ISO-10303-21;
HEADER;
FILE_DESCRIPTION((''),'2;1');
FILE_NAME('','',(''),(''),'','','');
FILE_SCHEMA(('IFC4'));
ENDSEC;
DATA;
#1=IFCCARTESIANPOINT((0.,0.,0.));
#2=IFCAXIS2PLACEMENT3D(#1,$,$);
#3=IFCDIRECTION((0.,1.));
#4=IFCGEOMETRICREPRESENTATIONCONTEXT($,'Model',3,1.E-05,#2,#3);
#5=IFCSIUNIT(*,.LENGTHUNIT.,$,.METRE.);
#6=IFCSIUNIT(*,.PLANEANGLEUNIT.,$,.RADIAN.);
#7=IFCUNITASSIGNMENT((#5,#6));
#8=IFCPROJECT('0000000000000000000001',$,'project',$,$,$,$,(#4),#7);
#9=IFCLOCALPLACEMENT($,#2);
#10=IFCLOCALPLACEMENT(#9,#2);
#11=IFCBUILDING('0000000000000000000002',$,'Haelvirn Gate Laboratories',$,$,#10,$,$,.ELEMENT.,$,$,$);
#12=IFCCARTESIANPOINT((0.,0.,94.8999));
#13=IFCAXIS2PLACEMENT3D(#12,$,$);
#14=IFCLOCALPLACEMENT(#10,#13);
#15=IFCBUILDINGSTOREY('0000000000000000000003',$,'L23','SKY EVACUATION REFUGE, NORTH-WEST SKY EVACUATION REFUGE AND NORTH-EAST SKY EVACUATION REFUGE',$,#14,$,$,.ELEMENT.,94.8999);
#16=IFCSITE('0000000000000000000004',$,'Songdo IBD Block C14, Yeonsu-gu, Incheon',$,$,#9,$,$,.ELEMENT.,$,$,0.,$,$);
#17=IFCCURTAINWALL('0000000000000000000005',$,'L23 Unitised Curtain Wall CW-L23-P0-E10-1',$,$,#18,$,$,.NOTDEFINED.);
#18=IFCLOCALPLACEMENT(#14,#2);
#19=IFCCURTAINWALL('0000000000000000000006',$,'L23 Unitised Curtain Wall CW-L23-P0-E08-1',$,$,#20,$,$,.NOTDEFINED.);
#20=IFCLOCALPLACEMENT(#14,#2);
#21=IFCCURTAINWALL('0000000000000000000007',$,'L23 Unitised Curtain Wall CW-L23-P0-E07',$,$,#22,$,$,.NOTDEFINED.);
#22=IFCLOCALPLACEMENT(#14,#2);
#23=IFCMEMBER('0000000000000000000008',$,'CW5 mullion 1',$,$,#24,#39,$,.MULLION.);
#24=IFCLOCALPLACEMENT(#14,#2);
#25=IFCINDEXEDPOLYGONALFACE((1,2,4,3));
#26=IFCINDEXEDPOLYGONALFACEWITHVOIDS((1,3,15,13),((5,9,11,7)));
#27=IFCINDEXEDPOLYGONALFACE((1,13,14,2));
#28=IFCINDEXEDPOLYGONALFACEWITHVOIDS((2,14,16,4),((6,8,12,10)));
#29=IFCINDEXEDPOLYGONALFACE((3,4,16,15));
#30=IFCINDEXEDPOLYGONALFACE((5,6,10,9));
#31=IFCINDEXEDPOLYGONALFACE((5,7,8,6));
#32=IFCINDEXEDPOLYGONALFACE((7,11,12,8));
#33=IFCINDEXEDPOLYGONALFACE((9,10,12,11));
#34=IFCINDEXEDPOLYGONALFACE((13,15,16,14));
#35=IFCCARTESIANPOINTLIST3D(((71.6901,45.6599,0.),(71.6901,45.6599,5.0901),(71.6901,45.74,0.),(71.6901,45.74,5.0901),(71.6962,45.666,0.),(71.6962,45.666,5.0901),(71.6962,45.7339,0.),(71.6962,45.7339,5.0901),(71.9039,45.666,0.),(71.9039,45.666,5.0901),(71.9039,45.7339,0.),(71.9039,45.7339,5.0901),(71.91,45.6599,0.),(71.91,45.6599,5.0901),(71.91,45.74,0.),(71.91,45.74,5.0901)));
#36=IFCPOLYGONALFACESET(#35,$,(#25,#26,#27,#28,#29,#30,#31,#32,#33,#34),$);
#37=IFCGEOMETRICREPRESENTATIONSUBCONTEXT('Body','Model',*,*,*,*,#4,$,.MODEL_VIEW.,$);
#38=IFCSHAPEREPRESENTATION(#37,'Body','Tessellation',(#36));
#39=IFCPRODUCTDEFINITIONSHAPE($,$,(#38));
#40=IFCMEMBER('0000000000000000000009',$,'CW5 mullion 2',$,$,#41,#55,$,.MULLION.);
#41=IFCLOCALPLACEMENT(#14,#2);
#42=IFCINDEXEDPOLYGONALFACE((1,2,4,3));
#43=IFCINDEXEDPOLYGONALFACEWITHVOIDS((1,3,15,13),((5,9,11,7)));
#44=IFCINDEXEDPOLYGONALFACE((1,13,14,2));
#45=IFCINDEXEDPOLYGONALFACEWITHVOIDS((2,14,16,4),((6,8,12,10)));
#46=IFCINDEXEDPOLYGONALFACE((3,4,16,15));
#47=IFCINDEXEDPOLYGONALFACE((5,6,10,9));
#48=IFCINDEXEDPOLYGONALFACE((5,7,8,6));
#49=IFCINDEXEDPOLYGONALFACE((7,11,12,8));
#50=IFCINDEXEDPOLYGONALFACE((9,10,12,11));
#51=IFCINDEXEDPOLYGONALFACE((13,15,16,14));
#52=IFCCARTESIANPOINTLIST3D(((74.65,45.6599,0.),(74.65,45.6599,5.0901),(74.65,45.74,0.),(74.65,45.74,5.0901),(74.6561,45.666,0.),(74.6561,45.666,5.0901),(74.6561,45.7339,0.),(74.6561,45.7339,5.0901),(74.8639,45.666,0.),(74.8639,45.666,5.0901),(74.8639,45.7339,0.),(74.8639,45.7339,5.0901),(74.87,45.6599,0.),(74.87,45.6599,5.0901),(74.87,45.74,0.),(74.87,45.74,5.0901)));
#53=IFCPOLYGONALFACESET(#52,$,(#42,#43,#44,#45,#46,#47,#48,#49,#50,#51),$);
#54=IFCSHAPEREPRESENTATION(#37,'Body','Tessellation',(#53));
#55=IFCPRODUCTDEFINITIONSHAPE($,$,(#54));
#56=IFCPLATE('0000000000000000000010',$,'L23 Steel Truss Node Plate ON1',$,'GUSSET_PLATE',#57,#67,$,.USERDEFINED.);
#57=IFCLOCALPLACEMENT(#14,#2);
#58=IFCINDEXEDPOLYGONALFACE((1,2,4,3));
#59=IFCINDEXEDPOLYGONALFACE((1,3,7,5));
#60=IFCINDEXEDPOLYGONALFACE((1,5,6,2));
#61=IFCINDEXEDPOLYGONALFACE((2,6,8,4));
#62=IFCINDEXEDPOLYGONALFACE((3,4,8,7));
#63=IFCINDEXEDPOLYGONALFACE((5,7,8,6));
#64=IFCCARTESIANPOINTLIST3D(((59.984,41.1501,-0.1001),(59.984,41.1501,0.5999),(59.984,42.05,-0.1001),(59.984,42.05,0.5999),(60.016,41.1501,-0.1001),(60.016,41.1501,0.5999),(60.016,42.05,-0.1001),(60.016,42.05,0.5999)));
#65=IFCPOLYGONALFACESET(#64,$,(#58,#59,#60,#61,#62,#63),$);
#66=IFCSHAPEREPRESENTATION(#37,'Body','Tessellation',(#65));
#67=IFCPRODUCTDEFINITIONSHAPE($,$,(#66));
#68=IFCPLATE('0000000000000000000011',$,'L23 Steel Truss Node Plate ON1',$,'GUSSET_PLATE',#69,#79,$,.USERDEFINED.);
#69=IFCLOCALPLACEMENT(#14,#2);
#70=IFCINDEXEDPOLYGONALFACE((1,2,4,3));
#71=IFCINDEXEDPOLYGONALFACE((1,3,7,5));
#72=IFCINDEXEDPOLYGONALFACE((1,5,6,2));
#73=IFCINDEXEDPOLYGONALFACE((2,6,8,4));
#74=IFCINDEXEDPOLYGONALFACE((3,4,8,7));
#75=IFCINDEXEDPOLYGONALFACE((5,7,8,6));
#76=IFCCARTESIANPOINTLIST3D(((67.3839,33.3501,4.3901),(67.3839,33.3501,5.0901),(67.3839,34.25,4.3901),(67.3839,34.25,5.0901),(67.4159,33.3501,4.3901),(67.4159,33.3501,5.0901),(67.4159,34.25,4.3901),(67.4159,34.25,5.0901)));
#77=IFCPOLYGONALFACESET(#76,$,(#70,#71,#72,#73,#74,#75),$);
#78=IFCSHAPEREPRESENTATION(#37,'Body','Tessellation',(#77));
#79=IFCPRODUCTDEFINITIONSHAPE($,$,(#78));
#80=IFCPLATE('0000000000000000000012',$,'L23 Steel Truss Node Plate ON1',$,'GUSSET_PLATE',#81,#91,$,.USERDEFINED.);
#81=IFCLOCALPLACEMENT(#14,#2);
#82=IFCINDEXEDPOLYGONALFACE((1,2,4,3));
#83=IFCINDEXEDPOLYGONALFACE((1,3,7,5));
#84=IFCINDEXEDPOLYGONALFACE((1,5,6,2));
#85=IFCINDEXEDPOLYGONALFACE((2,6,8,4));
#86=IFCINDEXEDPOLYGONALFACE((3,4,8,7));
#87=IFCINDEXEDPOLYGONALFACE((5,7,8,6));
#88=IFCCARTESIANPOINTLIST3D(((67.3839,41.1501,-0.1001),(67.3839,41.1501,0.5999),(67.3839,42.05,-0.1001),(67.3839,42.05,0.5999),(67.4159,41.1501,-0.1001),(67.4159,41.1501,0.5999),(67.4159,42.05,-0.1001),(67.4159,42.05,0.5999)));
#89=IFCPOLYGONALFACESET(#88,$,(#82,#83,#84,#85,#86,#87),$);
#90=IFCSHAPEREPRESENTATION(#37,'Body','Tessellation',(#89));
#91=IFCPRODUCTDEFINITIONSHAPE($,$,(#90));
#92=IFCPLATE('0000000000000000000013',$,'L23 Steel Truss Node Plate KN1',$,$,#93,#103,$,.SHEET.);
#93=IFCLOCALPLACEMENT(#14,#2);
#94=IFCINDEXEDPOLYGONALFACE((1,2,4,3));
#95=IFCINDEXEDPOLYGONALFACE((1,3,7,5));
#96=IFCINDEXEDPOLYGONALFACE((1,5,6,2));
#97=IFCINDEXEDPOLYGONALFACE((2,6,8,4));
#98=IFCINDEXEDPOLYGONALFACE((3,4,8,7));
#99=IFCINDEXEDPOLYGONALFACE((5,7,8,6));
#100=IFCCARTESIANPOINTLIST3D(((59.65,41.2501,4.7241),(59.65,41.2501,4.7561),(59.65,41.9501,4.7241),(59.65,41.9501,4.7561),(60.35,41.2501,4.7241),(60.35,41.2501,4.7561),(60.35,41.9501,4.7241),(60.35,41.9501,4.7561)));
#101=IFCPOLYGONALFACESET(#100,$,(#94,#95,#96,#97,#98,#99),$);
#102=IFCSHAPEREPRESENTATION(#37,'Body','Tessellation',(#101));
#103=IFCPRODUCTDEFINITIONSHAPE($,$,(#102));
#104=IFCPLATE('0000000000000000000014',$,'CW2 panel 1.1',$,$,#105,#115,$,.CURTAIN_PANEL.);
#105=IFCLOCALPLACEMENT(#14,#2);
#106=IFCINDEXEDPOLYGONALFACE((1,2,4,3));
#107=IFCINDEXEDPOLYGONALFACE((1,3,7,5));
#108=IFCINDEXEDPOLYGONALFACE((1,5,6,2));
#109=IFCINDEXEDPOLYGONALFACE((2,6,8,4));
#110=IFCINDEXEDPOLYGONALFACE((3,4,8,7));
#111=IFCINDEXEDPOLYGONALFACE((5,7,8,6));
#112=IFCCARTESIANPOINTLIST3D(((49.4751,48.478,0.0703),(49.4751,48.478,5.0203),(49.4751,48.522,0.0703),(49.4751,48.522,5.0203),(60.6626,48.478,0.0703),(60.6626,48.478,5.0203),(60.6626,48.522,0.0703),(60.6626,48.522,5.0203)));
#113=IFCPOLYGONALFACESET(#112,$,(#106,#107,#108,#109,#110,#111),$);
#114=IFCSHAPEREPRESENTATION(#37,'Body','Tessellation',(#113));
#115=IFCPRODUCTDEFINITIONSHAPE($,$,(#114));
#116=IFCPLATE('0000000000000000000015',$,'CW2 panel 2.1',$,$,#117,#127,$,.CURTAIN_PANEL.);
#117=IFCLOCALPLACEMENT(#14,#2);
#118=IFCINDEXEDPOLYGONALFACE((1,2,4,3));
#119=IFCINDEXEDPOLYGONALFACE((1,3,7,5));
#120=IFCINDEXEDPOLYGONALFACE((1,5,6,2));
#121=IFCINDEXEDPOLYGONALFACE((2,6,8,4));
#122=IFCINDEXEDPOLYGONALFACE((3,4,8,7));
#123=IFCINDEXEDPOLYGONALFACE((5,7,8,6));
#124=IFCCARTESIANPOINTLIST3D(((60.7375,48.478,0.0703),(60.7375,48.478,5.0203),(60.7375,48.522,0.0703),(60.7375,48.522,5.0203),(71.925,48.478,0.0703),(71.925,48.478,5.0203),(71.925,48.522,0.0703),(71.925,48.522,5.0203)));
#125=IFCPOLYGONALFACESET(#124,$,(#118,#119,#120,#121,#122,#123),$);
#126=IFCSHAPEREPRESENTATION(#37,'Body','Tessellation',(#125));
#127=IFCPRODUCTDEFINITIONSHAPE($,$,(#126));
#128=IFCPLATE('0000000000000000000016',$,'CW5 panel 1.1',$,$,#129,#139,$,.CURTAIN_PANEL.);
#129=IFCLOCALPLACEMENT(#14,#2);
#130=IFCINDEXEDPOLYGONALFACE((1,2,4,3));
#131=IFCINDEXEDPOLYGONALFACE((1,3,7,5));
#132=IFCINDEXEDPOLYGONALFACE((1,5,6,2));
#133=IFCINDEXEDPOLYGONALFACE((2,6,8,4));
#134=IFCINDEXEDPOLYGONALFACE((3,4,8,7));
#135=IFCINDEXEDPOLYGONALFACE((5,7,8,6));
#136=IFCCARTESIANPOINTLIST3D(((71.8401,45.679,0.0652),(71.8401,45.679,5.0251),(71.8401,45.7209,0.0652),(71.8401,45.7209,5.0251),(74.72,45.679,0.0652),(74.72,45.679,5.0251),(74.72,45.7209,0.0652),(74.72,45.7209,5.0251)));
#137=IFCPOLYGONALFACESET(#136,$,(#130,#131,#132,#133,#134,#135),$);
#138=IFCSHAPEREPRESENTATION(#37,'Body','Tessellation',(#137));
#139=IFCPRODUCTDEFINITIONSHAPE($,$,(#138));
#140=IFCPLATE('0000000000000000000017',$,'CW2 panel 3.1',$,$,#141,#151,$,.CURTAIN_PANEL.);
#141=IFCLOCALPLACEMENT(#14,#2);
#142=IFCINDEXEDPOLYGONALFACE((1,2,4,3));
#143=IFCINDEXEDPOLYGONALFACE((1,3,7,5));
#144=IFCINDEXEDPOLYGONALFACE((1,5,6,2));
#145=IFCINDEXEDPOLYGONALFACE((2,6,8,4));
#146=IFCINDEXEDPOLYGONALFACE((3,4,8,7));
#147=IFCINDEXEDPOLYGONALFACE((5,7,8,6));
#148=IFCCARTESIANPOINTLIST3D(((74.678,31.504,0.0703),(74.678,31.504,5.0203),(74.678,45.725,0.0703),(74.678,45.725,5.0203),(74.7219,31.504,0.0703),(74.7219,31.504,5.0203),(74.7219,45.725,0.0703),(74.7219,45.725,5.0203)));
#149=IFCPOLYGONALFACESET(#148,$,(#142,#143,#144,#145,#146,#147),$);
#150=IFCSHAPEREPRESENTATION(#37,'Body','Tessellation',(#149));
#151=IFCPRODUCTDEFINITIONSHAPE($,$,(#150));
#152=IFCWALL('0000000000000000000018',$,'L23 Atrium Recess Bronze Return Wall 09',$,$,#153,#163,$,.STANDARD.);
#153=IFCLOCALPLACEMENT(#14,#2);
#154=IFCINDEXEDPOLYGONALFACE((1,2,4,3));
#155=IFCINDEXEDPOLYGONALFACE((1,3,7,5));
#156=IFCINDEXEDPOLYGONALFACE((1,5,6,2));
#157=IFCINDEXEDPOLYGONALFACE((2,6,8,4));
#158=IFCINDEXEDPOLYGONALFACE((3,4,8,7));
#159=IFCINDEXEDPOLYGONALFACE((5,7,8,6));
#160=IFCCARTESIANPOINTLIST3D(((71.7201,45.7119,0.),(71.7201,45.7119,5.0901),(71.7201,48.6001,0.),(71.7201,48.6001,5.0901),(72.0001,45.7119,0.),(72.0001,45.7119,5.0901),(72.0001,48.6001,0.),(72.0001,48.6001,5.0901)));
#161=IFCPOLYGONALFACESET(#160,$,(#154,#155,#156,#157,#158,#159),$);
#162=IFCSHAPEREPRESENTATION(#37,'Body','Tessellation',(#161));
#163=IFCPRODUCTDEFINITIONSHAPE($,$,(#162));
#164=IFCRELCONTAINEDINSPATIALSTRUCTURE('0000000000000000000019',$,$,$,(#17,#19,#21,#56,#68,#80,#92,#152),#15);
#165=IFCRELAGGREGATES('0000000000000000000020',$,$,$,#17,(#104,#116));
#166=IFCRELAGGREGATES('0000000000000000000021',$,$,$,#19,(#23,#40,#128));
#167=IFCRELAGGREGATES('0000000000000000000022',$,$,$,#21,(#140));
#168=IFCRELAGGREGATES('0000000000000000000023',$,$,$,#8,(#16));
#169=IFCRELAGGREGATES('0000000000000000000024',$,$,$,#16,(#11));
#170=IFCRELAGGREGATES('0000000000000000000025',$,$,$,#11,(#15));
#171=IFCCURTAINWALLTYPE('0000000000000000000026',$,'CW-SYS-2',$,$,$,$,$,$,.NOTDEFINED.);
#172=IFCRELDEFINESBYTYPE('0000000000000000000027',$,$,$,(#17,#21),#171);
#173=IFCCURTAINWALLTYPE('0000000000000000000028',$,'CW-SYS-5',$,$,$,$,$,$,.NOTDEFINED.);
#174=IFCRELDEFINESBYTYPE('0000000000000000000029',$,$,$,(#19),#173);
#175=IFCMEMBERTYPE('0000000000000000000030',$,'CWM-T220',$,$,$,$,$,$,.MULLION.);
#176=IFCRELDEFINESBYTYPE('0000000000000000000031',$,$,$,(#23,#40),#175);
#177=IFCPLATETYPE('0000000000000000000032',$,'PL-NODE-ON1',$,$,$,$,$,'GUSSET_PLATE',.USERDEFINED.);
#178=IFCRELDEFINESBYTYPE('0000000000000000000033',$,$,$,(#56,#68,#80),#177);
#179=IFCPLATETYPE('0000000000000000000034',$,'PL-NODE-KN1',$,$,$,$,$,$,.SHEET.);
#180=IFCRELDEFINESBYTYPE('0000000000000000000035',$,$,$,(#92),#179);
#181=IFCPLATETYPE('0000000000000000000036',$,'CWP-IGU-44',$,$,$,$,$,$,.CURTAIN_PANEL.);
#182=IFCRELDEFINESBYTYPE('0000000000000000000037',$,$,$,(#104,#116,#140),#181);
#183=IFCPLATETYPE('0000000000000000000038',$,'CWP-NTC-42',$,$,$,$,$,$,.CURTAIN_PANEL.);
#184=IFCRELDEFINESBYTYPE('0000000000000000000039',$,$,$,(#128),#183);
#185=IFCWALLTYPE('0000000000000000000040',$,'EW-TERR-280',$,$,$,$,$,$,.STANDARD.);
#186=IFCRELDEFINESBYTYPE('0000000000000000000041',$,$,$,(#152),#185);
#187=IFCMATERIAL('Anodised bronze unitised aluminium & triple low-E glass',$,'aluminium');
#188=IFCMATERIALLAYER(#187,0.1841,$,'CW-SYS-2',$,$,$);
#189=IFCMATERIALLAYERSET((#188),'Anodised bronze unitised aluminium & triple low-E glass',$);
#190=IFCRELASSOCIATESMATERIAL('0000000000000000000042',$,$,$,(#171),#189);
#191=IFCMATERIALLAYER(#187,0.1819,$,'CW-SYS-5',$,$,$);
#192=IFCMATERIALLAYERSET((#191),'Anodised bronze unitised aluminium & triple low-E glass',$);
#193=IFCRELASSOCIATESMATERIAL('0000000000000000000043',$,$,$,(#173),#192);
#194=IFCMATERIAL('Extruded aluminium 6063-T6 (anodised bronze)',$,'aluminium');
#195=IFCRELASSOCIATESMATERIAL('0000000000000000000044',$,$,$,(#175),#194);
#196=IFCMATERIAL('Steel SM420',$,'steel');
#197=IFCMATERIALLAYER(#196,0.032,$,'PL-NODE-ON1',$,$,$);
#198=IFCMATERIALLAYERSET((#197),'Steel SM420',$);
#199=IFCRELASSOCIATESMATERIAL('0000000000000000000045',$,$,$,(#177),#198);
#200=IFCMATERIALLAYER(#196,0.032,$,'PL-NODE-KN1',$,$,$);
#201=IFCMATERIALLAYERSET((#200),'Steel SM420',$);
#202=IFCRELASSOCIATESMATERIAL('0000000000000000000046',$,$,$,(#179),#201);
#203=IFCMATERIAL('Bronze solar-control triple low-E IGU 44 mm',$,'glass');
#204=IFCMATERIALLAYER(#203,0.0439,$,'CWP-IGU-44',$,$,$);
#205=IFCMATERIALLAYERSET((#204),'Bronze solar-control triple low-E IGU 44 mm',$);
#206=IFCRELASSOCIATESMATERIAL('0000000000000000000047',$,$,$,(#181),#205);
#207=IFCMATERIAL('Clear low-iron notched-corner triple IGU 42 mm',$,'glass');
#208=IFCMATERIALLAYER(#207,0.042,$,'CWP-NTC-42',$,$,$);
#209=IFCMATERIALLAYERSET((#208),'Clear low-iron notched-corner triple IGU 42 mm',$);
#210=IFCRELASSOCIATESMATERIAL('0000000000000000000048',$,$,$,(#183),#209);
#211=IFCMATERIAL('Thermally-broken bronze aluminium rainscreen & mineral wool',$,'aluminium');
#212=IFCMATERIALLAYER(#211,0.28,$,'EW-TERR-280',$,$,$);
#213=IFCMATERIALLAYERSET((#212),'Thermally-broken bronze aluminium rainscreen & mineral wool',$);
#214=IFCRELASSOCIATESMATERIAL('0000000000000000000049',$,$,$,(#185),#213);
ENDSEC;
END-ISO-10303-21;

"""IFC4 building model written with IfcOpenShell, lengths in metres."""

from ifc_helpers import new_model, si_unit, direction, frame, frame_2d, origin, origin_2d, place, context, subcontext, project, spatial, rectangle, hollow_rectangle, extrude, source, transform, mapped, material, layer, layer_set, material_profile, profile_set, type_object, type_shapes, element, aggregate, save


model = new_model("IFC4")

# Units and contexts
model_context = context("Model", 3, precision=1e-05, world=origin(), true_north=direction((0.0, 1.0)))
body_context = subcontext(model_context, "Body", "Model", "MODEL_VIEW")
ifc_project = project(units=[si_unit("LENGTHUNIT", "METRE"), si_unit("PLANEANGLEUNIT", "RADIAN")], contexts=[model_context])

# Site, building, storey
site_placement = place(None, origin())
site = spatial("IfcSite", under=ifc_project, at=site_placement, Name="Songdo IBD Block C14, Yeonsu-gu, Incheon", CompositionType="ELEMENT", RefElevation=0.0)
building_placement = place(site_placement, origin())
building = spatial("IfcBuilding", under=site, at=building_placement, Name="Haelvirn Gate Laboratories", CompositionType="ELEMENT")
storey_placement = place(building_placement, frame((0.0, 0.0, 94.8999)))
storey = spatial("IfcBuildingStorey", under=building, at=storey_placement, Name="L23", Description="SKY EVACUATION REFUGE, NORTH-WEST SKY EVACUATION REFUGE AND NORTH-EAST SKY EVACUATION REFUGE", CompositionType="ELEMENT", Elevation=94.8999)

# Shared definitions
ifc_material_1 = material(Name="Steel SM420", Category="steel")

# Curtain walls
ifc_material_2 = material(Name="Anodised bronze unitised aluminium & triple low-E glass", Category="aluminium")
ifc_layer_1 = layer(ifc_material_2, 0.1841, Name="CW-SYS-2")
ifc_layer_set_1 = layer_set([ifc_layer_1], Name="Anodised bronze unitised aluminium & triple low-E glass")
curtain_wall_type_1 = type_object("IfcCurtainWallType", Name="CW-SYS-2", PredefinedType="NOTDEFINED", material=ifc_layer_set_1)
curtain_wall_1_placement = place(storey_placement, origin())
curtain_wall_1 = element("IfcCurtainWall", 1, at=curtain_wall_1_placement, inside=storey, type_object=curtain_wall_type_1, Name="L23 Unitised Curtain Wall CW-L23-P0-E10-1", PredefinedType="NOTDEFINED")
ifc_material_3 = material(Name="Extruded aluminium 6063-T6 (anodised bronze)", Category="aluminium")
ifc_layer_2 = layer(ifc_material_2, 0.1819, Name="CW-SYS-5")
ifc_layer_set_2 = layer_set([ifc_layer_2], Name="Anodised bronze unitised aluminium & triple low-E glass")
curtain_wall_type_2 = type_object("IfcCurtainWallType", Name="CW-SYS-5", PredefinedType="NOTDEFINED", material=ifc_layer_set_2)
curtain_wall_2_placement = place(storey_placement, origin())
curtain_wall_2 = element("IfcCurtainWall", 2, at=curtain_wall_2_placement, inside=storey, type_object=curtain_wall_type_2, Name="L23 Unitised Curtain Wall CW-L23-P0-E08-1", PredefinedType="NOTDEFINED")

# Curtain wall
curtain_wall_3_placement = place(storey_placement, origin())
curtain_wall_3 = element("IfcCurtainWall", 3, at=curtain_wall_3_placement, inside=storey, type_object=curtain_wall_type_1, Name="L23 Unitised Curtain Wall CW-L23-P0-E07", PredefinedType="NOTDEFINED")

# Members
ifc_material_profile_1 = material_profile(ifc_material_3, hollow_rectangle(XDim=0.0801, YDim=0.22, WallThickness=0.0061, at=origin_2d()), Name="CWM-220x80x6")
ifc_profile_set_1 = profile_set([ifc_material_profile_1], Name="Extruded aluminium 6063-T6 (anodised bronze)")
member_type_1 = type_object("IfcMemberType", Name="CWM-T220", PredefinedType="MULLION", material=ifc_profile_set_1)
shared_shape_1 = source(origin(), body_context, "Body", "SweptSolid", [
    extrude(hollow_rectangle(XDim=0.0801, YDim=0.22, WallThickness=0.0061, at=origin_2d()), origin(), (0.0, 0.0, 1.0), 5.0901),
])
type_shapes(member_type_1, [shared_shape_1])
member_1_placement = place(storey_placement, frame((71.8, 45.7, 0.0), z_axis=(0.0, 0.0, 1.0), x_axis=(0.0, 1.0, 0.0)))
member_1 = element("IfcMember", 4, at=member_1_placement, type_object=member_type_1, Name="CW5 mullion 1", PredefinedType="MULLION", context=body_context, shape_type="MappedRepresentation", body=[
    mapped(shared_shape_1, transform((0.0, 0.0, 0.0), scale=1.0)),
])
member_2_placement = place(storey_placement, frame((74.76, 45.7, 0.0), z_axis=(0.0, 0.0, 1.0), x_axis=(0.0, 1.0, 0.0)))
member_2 = element("IfcMember", 5, at=member_2_placement, type_object=member_type_1, Name="CW5 mullion 2", PredefinedType="MULLION", context=body_context, shape_type="MappedRepresentation", body=[
    mapped(shared_shape_1, transform((0.0, 0.0, 0.0), scale=1.0)),
])

# Plates
ifc_layer_3 = layer(ifc_material_1, 0.032, Name="PL-NODE-ON1")
ifc_layer_set_3 = layer_set([ifc_layer_3], Name="Steel SM420")
plate_type_1 = type_object("IfcPlateType", Name="PL-NODE-ON1", ElementType="GUSSET_PLATE", PredefinedType="USERDEFINED", material=ifc_layer_set_3)
shared_shape_2 = source(origin(), body_context, "Body", "SweptSolid", [
    extrude(rectangle(XDim=0.8999, YDim=0.032, at=origin_2d()), origin(), (0.0, 0.0, 1.0), 0.7),
])
type_shapes(plate_type_1, [shared_shape_2])
for number, where, z_axis, x_axis, name in (
    (6, (60.0, 41.6001, -0.1001), (0.0, 0.0, 1.0), (0.0, 1.0, 0.0), "L23 Steel Truss Node Plate ON1"),
    (7, (67.3999, 33.8, 4.3901), (0.0, 0.0, 1.0), (0.0, 1.0, 0.0), "L23 Steel Truss Node Plate ON1"),
    (8, (67.3999, 41.6001, -0.1001), (0.0, 0.0, 1.0), (0.0, 1.0, 0.0), "L23 Steel Truss Node Plate ON1"),
):
    element("IfcPlate", number, at=place(storey_placement, frame(where, z_axis=z_axis, x_axis=x_axis)), inside=storey, type_object=plate_type_1, Name=name, ObjectType="GUSSET_PLATE", PredefinedType="USERDEFINED", context=body_context, shape_type="MappedRepresentation", body=[
        mapped(shared_shape_2, transform((0.0, 0.0, 0.0), scale=1.0)),
    ])
ifc_layer_4 = layer(ifc_material_1, 0.032, Name="PL-NODE-KN1")
ifc_layer_set_4 = layer_set([ifc_layer_4], Name="Steel SM420")
plate_type_2 = type_object("IfcPlateType", Name="PL-NODE-KN1", PredefinedType="SHEET", material=ifc_layer_set_4)
shared_shape_3 = source(origin(), body_context, "Body", "SweptSolid", [
    extrude(rectangle(XDim=0.7, YDim=0.7, at=origin_2d()), origin(), (0.0, 0.0, 1.0), 0.032),
])
type_shapes(plate_type_2, [shared_shape_3])
plate_1_placement = place(storey_placement, frame((60.0, 41.6001, 4.7241), z_axis=(0.0, 0.0, 1.0), x_axis=(1.0, 0.0, 0.0)))
element("IfcPlate", 9, at=plate_1_placement, inside=storey, type_object=plate_type_2, Name="L23 Steel Truss Node Plate KN1", PredefinedType="SHEET", context=body_context, shape_type="MappedRepresentation", body=[
    mapped(shared_shape_3, transform((0.0, 0.0, 0.0), scale=1.0)),
])

# Plates
ifc_material_4 = material(Name="Bronze solar-control triple low-E IGU 44 mm", Category="glass")
ifc_layer_5 = layer(ifc_material_4, 0.0439, Name="CWP-IGU-44")
ifc_layer_set_5 = layer_set([ifc_layer_5], Name="Bronze solar-control triple low-E IGU 44 mm")
plate_type_3 = type_object("IfcPlateType", Name="CWP-IGU-44", PredefinedType="CURTAIN_PANEL", material=ifc_layer_set_5)
shared_shape_4 = source(origin(), body_context, "Body", "SweptSolid", [
    extrude(rectangle(XDim=11.1875, YDim=0.0439, at=origin_2d()), origin(), (0.0, 0.0, 1.0), 4.95),
])
plate_2_placement = place(storey_placement, frame((55.0688, 48.5, 0.0703), z_axis=(0.0, 0.0, 1.0), x_axis=(1.0, 0.0, 0.0)))
plate_2 = element("IfcPlate", 10, at=plate_2_placement, type_object=plate_type_3, Name="CW2 panel 1.1", PredefinedType="CURTAIN_PANEL", context=body_context, shape_type="MappedRepresentation", body=[
    mapped(shared_shape_4, transform((0.0, 0.0, 0.0), scale=1.0)),
])
plate_3_placement = place(storey_placement, frame((66.3313, 48.5, 0.0703), z_axis=(0.0, 0.0, 1.0), x_axis=(1.0, 0.0, 0.0)))
plate_3 = element("IfcPlate", 11, at=plate_3_placement, type_object=plate_type_3, Name="CW2 panel 2.1", PredefinedType="CURTAIN_PANEL", context=body_context, shape_type="MappedRepresentation", body=[
    mapped(shared_shape_4, transform((0.0, 0.0, 0.0), scale=1.0)),
])
aggregate(curtain_wall_1, [plate_2, plate_3])
ifc_material_5 = material(Name="Clear low-iron notched-corner triple IGU 42 mm", Category="glass")
ifc_layer_6 = layer(ifc_material_5, 0.042, Name="CWP-NTC-42")
ifc_layer_set_6 = layer_set([ifc_layer_6], Name="Clear low-iron notched-corner triple IGU 42 mm")
plate_type_4 = type_object("IfcPlateType", Name="CWP-NTC-42", PredefinedType="CURTAIN_PANEL", material=ifc_layer_set_6)
shared_shape_5 = source(origin(), body_context, "Body", "SweptSolid", [
    extrude(rectangle(XDim=2.8799, YDim=0.042, at=origin_2d()), origin(), (0.0, 0.0, 1.0), 4.96),
])
type_shapes(plate_type_4, [shared_shape_5])
plate_4_placement = place(storey_placement, frame((73.28, 45.7, 0.0652), z_axis=(0.0, 0.0, 1.0), x_axis=(1.0, 0.0, 0.0)))
plate_4 = element("IfcPlate", 12, at=plate_4_placement, type_object=plate_type_4, Name="CW5 panel 1.1", PredefinedType="CURTAIN_PANEL", context=body_context, shape_type="MappedRepresentation", body=[
    mapped(shared_shape_5, transform((0.0, 0.0, 0.0), scale=1.0)),
])
aggregate(curtain_wall_2, [member_1, member_2, plate_4])
shared_shape_6 = source(origin(), body_context, "Body", "SweptSolid", [
    extrude(rectangle(XDim=14.2209, YDim=0.0439, at=origin_2d()), origin(), (0.0, 0.0, 1.0), 4.95),
])
type_shapes(plate_type_3, [shared_shape_4, shared_shape_6])
plate_5_placement = place(storey_placement, frame((74.7, 38.6145, 0.0703), z_axis=(0.0, 0.0, 1.0), x_axis=(0.0, 1.0, 0.0)))
plate_5 = element("IfcPlate", 13, at=plate_5_placement, type_object=plate_type_3, Name="CW2 panel 3.1", PredefinedType="CURTAIN_PANEL", context=body_context, shape_type="MappedRepresentation", body=[
    mapped(shared_shape_6, transform((0.0, 0.0, 0.0), scale=1.0)),
])
aggregate(curtain_wall_3, [plate_5])

# Wall
ifc_material_6 = material(Name="Thermally-broken bronze aluminium rainscreen & mineral wool", Category="aluminium")
ifc_layer_7 = layer(ifc_material_6, 0.28, Name="EW-TERR-280")
ifc_layer_set_7 = layer_set([ifc_layer_7], Name="Thermally-broken bronze aluminium rainscreen & mineral wool")
wall_type = type_object("IfcWallType", Name="EW-TERR-280", PredefinedType="STANDARD", material=ifc_layer_set_7)
wall_placement = place(storey_placement, frame((71.8601, 45.7119, 0.0), z_axis=(0.0, 0.0, 1.0), x_axis=(0.0, 1.0, 0.0)))
element("IfcWall", 14, at=wall_placement, inside=storey, type_object=wall_type, Name="L23 Atrium Recess Bronze Return Wall 09", PredefinedType="STANDARD", context=body_context, shape_type="SweptSolid", body=[
    extrude(rectangle(XDim=2.8882, YDim=0.28, at=frame_2d((1.4441, 0.0))), origin(), (0.0, 0.0, 1.0), 5.0901),
])

save(model, "model.ifc")
